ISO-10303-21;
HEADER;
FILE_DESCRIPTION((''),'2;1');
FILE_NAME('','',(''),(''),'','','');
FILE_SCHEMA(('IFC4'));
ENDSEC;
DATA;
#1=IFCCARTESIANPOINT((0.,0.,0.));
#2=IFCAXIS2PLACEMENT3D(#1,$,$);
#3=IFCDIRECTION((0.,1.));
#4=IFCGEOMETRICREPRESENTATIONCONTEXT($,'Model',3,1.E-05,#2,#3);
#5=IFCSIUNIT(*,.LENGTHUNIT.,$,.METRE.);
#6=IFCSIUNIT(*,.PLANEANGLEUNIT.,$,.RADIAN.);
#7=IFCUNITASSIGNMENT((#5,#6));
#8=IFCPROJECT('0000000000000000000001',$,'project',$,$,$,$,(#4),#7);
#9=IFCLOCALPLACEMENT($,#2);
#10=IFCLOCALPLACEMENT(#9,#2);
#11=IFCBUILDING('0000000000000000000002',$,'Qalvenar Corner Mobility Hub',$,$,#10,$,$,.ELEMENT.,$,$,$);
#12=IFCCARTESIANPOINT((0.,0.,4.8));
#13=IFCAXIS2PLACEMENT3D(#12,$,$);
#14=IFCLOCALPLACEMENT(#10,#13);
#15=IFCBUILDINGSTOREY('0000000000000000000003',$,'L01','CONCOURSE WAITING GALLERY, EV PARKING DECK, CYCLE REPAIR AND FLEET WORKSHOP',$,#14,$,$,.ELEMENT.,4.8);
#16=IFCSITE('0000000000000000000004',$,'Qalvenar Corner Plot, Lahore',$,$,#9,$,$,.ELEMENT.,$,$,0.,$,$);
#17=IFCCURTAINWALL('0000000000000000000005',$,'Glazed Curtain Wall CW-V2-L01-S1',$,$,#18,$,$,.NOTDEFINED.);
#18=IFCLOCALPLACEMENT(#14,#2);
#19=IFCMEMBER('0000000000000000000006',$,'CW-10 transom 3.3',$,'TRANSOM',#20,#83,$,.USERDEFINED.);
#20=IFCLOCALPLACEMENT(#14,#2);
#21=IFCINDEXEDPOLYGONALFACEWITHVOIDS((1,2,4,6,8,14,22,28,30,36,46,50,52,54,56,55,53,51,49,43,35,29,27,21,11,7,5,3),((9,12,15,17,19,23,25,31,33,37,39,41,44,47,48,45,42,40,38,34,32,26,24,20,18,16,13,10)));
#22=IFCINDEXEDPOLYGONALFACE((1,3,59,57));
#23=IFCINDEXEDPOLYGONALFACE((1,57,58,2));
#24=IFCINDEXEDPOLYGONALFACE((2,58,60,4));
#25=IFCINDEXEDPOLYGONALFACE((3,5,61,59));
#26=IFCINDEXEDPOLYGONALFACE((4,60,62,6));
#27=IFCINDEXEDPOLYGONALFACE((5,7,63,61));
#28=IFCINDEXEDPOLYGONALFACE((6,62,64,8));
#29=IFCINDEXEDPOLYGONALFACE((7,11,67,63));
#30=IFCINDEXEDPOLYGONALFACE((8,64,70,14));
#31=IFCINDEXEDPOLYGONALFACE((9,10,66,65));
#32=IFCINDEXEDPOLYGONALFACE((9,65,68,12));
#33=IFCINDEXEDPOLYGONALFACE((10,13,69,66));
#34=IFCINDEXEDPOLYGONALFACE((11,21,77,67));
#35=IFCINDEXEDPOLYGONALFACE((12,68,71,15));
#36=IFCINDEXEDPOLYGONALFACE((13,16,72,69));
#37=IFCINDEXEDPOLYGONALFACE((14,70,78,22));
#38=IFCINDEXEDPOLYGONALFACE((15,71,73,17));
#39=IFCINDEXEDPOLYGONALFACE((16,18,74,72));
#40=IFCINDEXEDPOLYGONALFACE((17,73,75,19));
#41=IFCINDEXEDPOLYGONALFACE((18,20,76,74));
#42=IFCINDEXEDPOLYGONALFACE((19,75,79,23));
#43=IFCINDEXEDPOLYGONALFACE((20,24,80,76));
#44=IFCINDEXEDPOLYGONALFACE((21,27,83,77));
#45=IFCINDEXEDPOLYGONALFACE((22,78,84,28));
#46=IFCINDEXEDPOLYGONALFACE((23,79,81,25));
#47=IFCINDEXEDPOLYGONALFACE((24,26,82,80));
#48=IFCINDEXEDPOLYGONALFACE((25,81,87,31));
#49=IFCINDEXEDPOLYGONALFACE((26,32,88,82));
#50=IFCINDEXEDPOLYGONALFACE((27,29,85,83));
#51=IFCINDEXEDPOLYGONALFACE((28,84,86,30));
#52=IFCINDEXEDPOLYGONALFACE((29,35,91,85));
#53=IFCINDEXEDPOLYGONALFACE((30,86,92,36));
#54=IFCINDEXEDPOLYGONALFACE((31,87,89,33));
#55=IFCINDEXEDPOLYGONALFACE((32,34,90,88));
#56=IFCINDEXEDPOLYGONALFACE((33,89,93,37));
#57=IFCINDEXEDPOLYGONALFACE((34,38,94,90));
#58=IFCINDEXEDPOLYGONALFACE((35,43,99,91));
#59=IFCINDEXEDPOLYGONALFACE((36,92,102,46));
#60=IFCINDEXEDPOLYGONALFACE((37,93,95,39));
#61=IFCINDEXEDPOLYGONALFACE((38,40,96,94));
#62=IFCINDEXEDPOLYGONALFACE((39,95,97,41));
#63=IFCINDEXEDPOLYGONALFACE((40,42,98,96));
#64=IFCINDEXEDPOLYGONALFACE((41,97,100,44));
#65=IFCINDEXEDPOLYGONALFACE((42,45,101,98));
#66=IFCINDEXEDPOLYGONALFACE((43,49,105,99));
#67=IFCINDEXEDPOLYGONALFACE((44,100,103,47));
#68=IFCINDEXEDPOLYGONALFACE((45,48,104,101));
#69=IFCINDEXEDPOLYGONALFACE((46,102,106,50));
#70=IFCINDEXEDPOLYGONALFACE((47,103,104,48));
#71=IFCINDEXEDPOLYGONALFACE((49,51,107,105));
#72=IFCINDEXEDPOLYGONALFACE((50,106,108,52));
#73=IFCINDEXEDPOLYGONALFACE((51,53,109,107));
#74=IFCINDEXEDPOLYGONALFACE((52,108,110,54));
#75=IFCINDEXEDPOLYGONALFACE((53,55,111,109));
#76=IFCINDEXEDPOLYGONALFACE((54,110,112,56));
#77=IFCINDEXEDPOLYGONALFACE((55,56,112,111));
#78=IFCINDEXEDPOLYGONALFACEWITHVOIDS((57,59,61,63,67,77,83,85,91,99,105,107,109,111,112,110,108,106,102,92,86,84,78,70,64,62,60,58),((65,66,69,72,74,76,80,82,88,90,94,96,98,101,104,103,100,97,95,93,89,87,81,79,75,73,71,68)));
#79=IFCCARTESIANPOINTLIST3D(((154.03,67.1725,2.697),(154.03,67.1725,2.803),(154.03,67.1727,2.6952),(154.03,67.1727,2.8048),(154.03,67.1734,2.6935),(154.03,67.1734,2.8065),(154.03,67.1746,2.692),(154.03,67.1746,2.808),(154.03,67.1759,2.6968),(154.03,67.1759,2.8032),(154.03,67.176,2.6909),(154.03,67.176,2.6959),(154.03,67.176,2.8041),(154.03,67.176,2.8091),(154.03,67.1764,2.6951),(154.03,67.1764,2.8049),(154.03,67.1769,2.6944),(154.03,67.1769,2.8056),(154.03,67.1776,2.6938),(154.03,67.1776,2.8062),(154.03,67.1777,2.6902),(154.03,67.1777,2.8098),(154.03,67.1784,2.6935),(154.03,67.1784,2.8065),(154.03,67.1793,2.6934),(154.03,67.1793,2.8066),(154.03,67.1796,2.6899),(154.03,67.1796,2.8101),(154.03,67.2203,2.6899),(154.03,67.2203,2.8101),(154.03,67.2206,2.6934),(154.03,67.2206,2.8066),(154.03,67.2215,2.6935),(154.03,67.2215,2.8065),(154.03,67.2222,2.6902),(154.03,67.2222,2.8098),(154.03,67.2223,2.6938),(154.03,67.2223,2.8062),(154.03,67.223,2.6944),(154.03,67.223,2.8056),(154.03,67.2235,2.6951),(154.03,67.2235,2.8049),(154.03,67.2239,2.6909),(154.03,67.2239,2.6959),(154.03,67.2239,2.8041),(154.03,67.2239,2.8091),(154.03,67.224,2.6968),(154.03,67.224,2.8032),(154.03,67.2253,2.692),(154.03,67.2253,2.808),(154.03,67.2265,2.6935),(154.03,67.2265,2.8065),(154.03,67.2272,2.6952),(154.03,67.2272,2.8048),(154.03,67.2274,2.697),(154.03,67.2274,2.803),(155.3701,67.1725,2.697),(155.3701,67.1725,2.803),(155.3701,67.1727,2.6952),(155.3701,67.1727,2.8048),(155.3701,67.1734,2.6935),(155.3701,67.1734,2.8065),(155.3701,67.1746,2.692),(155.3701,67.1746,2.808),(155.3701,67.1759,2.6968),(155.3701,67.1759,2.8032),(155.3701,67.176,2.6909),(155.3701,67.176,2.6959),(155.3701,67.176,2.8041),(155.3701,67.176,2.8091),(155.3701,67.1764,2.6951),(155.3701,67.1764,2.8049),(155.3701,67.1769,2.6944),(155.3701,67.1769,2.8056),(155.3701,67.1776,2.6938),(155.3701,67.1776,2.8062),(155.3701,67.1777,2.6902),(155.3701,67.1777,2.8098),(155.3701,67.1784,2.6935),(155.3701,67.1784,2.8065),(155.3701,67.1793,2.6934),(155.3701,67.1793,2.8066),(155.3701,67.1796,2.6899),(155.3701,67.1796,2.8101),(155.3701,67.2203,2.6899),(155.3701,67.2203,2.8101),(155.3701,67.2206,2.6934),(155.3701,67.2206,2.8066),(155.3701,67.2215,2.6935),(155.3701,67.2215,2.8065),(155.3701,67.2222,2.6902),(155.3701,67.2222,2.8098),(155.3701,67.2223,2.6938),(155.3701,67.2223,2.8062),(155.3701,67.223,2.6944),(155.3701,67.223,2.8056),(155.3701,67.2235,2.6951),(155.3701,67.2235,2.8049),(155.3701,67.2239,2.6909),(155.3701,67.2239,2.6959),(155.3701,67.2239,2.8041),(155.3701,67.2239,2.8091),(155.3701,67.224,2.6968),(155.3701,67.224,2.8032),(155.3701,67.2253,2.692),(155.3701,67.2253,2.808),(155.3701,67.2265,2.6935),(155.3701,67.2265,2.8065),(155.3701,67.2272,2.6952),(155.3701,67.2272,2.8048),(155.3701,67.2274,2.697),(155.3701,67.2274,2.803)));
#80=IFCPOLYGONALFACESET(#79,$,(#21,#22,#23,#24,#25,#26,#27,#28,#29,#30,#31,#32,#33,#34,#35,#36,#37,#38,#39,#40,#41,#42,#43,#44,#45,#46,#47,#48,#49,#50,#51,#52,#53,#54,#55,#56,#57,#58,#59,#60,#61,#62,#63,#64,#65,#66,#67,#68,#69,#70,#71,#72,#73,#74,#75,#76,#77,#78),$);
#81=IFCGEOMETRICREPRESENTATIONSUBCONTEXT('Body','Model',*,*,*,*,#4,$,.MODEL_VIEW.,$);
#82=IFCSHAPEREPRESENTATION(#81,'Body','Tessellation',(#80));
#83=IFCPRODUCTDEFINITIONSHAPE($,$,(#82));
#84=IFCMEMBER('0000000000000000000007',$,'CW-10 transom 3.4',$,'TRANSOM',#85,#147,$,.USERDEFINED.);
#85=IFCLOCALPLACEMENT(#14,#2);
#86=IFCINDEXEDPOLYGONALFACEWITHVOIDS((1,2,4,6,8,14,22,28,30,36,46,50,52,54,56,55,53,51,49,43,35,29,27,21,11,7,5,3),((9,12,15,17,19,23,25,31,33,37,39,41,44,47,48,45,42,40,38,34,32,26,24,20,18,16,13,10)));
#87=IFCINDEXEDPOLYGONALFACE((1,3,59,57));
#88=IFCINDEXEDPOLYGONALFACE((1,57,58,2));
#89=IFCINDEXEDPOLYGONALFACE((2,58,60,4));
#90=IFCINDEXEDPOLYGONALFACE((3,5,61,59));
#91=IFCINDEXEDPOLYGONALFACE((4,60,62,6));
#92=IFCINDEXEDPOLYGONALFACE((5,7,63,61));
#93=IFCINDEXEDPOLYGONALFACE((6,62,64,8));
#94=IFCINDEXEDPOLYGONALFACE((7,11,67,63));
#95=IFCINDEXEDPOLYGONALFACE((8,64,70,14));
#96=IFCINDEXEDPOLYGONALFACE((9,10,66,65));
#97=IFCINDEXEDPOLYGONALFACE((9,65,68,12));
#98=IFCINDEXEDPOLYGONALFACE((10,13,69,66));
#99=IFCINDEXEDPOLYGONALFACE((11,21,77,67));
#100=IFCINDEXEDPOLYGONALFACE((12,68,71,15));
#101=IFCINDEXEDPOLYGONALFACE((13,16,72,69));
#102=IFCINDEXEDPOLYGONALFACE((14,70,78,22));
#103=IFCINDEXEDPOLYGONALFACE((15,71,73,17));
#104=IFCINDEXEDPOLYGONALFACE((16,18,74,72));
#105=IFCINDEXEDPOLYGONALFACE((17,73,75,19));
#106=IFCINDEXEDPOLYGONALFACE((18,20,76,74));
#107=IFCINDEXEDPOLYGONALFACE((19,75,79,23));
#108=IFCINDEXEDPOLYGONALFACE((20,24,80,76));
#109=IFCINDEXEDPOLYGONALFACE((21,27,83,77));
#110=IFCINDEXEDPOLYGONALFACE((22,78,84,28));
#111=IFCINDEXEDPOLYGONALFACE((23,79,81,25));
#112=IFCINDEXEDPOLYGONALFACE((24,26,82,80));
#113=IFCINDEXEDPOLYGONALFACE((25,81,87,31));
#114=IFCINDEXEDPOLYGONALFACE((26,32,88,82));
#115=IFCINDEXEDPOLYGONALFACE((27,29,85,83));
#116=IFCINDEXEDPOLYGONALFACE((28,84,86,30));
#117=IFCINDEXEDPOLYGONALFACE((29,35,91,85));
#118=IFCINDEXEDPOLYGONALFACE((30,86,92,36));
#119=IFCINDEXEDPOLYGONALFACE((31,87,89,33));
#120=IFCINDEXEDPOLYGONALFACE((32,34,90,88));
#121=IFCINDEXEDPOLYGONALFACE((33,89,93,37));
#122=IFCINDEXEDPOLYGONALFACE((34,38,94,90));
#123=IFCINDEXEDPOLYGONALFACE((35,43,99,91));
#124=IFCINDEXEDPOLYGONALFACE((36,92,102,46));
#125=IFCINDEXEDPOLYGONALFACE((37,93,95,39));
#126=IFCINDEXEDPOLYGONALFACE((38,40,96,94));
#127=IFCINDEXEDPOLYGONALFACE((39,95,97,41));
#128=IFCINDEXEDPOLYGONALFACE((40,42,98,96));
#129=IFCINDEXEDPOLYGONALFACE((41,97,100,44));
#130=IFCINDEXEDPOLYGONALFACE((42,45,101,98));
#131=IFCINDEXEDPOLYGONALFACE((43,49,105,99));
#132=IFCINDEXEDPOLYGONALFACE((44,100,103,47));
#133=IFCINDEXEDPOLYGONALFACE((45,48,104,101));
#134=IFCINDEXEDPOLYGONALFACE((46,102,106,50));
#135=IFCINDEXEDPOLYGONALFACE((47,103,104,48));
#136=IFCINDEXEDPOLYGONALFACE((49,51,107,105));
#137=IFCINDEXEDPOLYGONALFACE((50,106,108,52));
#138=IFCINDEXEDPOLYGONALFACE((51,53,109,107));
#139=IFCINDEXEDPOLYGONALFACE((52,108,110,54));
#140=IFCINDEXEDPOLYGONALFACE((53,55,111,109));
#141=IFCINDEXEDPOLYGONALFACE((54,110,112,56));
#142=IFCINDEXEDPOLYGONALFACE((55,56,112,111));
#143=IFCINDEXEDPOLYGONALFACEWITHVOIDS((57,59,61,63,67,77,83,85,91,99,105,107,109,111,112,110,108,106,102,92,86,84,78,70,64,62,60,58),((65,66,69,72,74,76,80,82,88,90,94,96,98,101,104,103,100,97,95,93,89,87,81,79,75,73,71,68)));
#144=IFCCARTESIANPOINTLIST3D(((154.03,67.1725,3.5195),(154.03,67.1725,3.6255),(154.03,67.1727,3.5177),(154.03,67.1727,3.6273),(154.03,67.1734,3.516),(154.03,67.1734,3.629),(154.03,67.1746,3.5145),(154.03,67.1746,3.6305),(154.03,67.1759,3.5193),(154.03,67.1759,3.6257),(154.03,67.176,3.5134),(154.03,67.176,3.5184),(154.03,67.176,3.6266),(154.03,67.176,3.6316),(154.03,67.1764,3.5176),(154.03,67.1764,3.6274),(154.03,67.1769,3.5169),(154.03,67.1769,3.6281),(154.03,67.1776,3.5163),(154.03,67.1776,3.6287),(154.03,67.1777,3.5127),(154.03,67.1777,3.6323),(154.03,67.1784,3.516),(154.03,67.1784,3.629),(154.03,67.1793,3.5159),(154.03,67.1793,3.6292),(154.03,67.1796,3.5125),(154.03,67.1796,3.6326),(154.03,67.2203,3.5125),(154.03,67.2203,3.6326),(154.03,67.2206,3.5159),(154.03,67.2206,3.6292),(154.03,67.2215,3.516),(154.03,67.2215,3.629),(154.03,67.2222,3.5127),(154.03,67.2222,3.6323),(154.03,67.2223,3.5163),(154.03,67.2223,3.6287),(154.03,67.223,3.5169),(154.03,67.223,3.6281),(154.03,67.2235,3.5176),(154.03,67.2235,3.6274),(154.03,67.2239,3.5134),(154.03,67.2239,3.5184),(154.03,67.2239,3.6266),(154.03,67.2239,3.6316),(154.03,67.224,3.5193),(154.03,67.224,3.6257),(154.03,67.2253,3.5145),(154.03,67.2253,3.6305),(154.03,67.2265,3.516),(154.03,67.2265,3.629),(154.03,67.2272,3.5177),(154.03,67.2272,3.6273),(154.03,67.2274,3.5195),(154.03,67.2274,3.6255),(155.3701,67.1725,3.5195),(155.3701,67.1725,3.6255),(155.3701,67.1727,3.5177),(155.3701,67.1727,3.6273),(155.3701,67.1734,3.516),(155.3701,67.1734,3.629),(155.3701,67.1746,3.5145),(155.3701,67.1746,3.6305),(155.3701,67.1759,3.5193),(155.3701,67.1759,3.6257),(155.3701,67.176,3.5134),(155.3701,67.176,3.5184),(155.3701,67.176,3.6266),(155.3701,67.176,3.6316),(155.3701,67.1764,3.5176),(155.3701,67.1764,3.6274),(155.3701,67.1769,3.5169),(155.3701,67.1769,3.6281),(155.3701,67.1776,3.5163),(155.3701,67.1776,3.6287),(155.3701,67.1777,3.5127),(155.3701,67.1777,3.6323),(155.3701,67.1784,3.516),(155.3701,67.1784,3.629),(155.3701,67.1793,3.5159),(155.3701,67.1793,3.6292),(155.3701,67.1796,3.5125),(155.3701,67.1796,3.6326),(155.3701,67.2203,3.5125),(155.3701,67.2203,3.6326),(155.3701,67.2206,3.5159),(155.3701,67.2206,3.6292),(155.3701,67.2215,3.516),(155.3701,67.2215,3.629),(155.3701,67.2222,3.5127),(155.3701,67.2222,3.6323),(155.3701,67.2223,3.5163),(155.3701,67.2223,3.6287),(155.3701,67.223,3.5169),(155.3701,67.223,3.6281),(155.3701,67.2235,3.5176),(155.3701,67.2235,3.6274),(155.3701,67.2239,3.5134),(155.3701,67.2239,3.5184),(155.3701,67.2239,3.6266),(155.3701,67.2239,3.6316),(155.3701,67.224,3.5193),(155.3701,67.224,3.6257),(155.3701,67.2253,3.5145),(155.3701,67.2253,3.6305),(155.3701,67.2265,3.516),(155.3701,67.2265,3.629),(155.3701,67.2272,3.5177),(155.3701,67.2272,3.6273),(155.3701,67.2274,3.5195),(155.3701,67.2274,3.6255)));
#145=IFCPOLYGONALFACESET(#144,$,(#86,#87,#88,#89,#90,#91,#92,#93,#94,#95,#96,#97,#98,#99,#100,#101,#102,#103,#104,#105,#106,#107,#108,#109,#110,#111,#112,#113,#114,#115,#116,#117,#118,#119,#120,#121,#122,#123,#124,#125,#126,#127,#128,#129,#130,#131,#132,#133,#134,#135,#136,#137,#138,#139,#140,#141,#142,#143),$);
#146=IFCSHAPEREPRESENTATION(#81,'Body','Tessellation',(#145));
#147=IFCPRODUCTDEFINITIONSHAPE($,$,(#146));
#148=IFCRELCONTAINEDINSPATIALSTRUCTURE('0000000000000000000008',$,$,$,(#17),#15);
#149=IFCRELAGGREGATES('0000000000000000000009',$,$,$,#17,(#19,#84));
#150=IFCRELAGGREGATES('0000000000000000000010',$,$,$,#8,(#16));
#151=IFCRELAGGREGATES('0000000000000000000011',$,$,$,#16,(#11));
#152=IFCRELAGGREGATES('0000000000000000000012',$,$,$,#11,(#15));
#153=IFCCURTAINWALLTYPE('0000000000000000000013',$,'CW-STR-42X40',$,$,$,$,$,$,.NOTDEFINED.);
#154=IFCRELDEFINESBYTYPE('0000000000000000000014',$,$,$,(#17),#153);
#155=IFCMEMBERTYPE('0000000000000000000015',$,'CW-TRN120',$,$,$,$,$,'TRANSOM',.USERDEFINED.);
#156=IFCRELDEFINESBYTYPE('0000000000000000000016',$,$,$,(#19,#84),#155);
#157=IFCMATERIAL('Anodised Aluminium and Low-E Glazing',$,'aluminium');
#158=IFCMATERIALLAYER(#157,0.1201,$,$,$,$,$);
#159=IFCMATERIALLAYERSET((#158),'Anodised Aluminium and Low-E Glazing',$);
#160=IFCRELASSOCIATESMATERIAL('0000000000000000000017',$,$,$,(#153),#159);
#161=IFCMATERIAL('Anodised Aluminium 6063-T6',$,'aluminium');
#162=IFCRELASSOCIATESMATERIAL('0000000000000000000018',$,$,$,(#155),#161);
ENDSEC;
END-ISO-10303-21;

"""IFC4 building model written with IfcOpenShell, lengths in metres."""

from ifc_helpers import new_model, si_unit, direction, frame, origin, origin_2d, place, context, subcontext, project, spatial, hollow_rectangle, extrude, material, layer, layer_set, material_profile, profile_set, type_object, element, aggregate, save


model = new_model("IFC4")

# Units and contexts
model_context = context("Model", 3, precision=1e-05, world=origin(), true_north=direction((0.0, 1.0)))
body_context = subcontext(model_context, "Body", "Model", "MODEL_VIEW")
ifc_project = project(units=[si_unit("LENGTHUNIT", "METRE"), si_unit("PLANEANGLEUNIT", "RADIAN")], contexts=[model_context])

# Site, building, storey
site_placement = place(None, origin())
site = spatial("IfcSite", under=ifc_project, at=site_placement, Name="Qalvenar Corner Plot, Lahore", CompositionType="ELEMENT", RefElevation=0.0)
building_placement = place(site_placement, origin())
building = spatial("IfcBuilding", under=site, at=building_placement, Name="Qalvenar Corner Mobility Hub", CompositionType="ELEMENT")
storey_placement = place(building_placement, frame((0.0, 0.0, 4.8)))
storey = spatial("IfcBuildingStorey", under=building, at=storey_placement, Name="L01", Description="CONCOURSE WAITING GALLERY, EV PARKING DECK, CYCLE REPAIR AND FLEET WORKSHOP", CompositionType="ELEMENT", Elevation=4.8)

# Curtain wall, members
ifc_material_1 = material(Name="Anodised Aluminium and Low-E Glazing", Category="aluminium")
ifc_layer_1 = layer(ifc_material_1, 0.1201)
ifc_layer_set_1 = layer_set([ifc_layer_1], Name="Anodised Aluminium and Low-E Glazing")
curtain_wall_type = type_object("IfcCurtainWallType", Name="CW-STR-42X40", PredefinedType="NOTDEFINED", material=ifc_layer_set_1)
curtain_wall_placement = place(storey_placement, origin())
curtain_wall = element("IfcCurtainWall", 1, at=curtain_wall_placement, inside=storey, type_object=curtain_wall_type, Name="Glazed Curtain Wall CW-V2-L01-S1", PredefinedType="NOTDEFINED")
ifc_material_2 = material(Name="Anodised Aluminium 6063-T6", Category="aluminium")
ifc_material_profile_1 = material_profile(ifc_material_2, hollow_rectangle(XDim=0.0549, YDim=0.1201, WallThickness=0.0034, InnerFilletRadius=0.0034, OuterFilletRadius=0.0071, at=origin_2d()), Name="RHS120x55x3.5")
ifc_profile_set_1 = profile_set([ifc_material_profile_1], Name="Anodised Aluminium 6063-T6")
member_type_1 = type_object("IfcMemberType", Name="CW-TRN120", ElementType="TRANSOM", PredefinedType="USERDEFINED", material=ifc_profile_set_1)
member_1_placement = place(storey_placement, frame((154.03, 67.2, 2.75), z_axis=(1.0, 0.0, 0.0), x_axis=(0.0, 1.0, 0.0)))
member_1 = element("IfcMember", 2, at=member_1_placement, type_object=member_type_1, Name="CW-10 transom 3.3", ObjectType="TRANSOM", PredefinedType="USERDEFINED", context=body_context, shape_type="SweptSolid", body=[
    extrude(hollow_rectangle(XDim=0.0549, YDim=0.1201, WallThickness=0.0034, InnerFilletRadius=0.0034, OuterFilletRadius=0.0071, at=origin_2d()), origin(), (0.0, 0.0, 1.0), 1.3401),
])
member_2_placement = place(storey_placement, frame((154.03, 67.2, 3.5725), z_axis=(1.0, 0.0, 0.0), x_axis=(0.0, 1.0, 0.0)))
member_2 = element("IfcMember", 3, at=member_2_placement, type_object=member_type_1, Name="CW-10 transom 3.4", ObjectType="TRANSOM", PredefinedType="USERDEFINED", context=body_context, shape_type="SweptSolid", body=[
    extrude(hollow_rectangle(XDim=0.0549, YDim=0.1201, WallThickness=0.0034, InnerFilletRadius=0.0034, OuterFilletRadius=0.0071, at=origin_2d()), origin(), (0.0, 0.0, 1.0), 1.3401),
])
aggregate(curtain_wall, [member_1, member_2])

save(model, "model.ifc")
